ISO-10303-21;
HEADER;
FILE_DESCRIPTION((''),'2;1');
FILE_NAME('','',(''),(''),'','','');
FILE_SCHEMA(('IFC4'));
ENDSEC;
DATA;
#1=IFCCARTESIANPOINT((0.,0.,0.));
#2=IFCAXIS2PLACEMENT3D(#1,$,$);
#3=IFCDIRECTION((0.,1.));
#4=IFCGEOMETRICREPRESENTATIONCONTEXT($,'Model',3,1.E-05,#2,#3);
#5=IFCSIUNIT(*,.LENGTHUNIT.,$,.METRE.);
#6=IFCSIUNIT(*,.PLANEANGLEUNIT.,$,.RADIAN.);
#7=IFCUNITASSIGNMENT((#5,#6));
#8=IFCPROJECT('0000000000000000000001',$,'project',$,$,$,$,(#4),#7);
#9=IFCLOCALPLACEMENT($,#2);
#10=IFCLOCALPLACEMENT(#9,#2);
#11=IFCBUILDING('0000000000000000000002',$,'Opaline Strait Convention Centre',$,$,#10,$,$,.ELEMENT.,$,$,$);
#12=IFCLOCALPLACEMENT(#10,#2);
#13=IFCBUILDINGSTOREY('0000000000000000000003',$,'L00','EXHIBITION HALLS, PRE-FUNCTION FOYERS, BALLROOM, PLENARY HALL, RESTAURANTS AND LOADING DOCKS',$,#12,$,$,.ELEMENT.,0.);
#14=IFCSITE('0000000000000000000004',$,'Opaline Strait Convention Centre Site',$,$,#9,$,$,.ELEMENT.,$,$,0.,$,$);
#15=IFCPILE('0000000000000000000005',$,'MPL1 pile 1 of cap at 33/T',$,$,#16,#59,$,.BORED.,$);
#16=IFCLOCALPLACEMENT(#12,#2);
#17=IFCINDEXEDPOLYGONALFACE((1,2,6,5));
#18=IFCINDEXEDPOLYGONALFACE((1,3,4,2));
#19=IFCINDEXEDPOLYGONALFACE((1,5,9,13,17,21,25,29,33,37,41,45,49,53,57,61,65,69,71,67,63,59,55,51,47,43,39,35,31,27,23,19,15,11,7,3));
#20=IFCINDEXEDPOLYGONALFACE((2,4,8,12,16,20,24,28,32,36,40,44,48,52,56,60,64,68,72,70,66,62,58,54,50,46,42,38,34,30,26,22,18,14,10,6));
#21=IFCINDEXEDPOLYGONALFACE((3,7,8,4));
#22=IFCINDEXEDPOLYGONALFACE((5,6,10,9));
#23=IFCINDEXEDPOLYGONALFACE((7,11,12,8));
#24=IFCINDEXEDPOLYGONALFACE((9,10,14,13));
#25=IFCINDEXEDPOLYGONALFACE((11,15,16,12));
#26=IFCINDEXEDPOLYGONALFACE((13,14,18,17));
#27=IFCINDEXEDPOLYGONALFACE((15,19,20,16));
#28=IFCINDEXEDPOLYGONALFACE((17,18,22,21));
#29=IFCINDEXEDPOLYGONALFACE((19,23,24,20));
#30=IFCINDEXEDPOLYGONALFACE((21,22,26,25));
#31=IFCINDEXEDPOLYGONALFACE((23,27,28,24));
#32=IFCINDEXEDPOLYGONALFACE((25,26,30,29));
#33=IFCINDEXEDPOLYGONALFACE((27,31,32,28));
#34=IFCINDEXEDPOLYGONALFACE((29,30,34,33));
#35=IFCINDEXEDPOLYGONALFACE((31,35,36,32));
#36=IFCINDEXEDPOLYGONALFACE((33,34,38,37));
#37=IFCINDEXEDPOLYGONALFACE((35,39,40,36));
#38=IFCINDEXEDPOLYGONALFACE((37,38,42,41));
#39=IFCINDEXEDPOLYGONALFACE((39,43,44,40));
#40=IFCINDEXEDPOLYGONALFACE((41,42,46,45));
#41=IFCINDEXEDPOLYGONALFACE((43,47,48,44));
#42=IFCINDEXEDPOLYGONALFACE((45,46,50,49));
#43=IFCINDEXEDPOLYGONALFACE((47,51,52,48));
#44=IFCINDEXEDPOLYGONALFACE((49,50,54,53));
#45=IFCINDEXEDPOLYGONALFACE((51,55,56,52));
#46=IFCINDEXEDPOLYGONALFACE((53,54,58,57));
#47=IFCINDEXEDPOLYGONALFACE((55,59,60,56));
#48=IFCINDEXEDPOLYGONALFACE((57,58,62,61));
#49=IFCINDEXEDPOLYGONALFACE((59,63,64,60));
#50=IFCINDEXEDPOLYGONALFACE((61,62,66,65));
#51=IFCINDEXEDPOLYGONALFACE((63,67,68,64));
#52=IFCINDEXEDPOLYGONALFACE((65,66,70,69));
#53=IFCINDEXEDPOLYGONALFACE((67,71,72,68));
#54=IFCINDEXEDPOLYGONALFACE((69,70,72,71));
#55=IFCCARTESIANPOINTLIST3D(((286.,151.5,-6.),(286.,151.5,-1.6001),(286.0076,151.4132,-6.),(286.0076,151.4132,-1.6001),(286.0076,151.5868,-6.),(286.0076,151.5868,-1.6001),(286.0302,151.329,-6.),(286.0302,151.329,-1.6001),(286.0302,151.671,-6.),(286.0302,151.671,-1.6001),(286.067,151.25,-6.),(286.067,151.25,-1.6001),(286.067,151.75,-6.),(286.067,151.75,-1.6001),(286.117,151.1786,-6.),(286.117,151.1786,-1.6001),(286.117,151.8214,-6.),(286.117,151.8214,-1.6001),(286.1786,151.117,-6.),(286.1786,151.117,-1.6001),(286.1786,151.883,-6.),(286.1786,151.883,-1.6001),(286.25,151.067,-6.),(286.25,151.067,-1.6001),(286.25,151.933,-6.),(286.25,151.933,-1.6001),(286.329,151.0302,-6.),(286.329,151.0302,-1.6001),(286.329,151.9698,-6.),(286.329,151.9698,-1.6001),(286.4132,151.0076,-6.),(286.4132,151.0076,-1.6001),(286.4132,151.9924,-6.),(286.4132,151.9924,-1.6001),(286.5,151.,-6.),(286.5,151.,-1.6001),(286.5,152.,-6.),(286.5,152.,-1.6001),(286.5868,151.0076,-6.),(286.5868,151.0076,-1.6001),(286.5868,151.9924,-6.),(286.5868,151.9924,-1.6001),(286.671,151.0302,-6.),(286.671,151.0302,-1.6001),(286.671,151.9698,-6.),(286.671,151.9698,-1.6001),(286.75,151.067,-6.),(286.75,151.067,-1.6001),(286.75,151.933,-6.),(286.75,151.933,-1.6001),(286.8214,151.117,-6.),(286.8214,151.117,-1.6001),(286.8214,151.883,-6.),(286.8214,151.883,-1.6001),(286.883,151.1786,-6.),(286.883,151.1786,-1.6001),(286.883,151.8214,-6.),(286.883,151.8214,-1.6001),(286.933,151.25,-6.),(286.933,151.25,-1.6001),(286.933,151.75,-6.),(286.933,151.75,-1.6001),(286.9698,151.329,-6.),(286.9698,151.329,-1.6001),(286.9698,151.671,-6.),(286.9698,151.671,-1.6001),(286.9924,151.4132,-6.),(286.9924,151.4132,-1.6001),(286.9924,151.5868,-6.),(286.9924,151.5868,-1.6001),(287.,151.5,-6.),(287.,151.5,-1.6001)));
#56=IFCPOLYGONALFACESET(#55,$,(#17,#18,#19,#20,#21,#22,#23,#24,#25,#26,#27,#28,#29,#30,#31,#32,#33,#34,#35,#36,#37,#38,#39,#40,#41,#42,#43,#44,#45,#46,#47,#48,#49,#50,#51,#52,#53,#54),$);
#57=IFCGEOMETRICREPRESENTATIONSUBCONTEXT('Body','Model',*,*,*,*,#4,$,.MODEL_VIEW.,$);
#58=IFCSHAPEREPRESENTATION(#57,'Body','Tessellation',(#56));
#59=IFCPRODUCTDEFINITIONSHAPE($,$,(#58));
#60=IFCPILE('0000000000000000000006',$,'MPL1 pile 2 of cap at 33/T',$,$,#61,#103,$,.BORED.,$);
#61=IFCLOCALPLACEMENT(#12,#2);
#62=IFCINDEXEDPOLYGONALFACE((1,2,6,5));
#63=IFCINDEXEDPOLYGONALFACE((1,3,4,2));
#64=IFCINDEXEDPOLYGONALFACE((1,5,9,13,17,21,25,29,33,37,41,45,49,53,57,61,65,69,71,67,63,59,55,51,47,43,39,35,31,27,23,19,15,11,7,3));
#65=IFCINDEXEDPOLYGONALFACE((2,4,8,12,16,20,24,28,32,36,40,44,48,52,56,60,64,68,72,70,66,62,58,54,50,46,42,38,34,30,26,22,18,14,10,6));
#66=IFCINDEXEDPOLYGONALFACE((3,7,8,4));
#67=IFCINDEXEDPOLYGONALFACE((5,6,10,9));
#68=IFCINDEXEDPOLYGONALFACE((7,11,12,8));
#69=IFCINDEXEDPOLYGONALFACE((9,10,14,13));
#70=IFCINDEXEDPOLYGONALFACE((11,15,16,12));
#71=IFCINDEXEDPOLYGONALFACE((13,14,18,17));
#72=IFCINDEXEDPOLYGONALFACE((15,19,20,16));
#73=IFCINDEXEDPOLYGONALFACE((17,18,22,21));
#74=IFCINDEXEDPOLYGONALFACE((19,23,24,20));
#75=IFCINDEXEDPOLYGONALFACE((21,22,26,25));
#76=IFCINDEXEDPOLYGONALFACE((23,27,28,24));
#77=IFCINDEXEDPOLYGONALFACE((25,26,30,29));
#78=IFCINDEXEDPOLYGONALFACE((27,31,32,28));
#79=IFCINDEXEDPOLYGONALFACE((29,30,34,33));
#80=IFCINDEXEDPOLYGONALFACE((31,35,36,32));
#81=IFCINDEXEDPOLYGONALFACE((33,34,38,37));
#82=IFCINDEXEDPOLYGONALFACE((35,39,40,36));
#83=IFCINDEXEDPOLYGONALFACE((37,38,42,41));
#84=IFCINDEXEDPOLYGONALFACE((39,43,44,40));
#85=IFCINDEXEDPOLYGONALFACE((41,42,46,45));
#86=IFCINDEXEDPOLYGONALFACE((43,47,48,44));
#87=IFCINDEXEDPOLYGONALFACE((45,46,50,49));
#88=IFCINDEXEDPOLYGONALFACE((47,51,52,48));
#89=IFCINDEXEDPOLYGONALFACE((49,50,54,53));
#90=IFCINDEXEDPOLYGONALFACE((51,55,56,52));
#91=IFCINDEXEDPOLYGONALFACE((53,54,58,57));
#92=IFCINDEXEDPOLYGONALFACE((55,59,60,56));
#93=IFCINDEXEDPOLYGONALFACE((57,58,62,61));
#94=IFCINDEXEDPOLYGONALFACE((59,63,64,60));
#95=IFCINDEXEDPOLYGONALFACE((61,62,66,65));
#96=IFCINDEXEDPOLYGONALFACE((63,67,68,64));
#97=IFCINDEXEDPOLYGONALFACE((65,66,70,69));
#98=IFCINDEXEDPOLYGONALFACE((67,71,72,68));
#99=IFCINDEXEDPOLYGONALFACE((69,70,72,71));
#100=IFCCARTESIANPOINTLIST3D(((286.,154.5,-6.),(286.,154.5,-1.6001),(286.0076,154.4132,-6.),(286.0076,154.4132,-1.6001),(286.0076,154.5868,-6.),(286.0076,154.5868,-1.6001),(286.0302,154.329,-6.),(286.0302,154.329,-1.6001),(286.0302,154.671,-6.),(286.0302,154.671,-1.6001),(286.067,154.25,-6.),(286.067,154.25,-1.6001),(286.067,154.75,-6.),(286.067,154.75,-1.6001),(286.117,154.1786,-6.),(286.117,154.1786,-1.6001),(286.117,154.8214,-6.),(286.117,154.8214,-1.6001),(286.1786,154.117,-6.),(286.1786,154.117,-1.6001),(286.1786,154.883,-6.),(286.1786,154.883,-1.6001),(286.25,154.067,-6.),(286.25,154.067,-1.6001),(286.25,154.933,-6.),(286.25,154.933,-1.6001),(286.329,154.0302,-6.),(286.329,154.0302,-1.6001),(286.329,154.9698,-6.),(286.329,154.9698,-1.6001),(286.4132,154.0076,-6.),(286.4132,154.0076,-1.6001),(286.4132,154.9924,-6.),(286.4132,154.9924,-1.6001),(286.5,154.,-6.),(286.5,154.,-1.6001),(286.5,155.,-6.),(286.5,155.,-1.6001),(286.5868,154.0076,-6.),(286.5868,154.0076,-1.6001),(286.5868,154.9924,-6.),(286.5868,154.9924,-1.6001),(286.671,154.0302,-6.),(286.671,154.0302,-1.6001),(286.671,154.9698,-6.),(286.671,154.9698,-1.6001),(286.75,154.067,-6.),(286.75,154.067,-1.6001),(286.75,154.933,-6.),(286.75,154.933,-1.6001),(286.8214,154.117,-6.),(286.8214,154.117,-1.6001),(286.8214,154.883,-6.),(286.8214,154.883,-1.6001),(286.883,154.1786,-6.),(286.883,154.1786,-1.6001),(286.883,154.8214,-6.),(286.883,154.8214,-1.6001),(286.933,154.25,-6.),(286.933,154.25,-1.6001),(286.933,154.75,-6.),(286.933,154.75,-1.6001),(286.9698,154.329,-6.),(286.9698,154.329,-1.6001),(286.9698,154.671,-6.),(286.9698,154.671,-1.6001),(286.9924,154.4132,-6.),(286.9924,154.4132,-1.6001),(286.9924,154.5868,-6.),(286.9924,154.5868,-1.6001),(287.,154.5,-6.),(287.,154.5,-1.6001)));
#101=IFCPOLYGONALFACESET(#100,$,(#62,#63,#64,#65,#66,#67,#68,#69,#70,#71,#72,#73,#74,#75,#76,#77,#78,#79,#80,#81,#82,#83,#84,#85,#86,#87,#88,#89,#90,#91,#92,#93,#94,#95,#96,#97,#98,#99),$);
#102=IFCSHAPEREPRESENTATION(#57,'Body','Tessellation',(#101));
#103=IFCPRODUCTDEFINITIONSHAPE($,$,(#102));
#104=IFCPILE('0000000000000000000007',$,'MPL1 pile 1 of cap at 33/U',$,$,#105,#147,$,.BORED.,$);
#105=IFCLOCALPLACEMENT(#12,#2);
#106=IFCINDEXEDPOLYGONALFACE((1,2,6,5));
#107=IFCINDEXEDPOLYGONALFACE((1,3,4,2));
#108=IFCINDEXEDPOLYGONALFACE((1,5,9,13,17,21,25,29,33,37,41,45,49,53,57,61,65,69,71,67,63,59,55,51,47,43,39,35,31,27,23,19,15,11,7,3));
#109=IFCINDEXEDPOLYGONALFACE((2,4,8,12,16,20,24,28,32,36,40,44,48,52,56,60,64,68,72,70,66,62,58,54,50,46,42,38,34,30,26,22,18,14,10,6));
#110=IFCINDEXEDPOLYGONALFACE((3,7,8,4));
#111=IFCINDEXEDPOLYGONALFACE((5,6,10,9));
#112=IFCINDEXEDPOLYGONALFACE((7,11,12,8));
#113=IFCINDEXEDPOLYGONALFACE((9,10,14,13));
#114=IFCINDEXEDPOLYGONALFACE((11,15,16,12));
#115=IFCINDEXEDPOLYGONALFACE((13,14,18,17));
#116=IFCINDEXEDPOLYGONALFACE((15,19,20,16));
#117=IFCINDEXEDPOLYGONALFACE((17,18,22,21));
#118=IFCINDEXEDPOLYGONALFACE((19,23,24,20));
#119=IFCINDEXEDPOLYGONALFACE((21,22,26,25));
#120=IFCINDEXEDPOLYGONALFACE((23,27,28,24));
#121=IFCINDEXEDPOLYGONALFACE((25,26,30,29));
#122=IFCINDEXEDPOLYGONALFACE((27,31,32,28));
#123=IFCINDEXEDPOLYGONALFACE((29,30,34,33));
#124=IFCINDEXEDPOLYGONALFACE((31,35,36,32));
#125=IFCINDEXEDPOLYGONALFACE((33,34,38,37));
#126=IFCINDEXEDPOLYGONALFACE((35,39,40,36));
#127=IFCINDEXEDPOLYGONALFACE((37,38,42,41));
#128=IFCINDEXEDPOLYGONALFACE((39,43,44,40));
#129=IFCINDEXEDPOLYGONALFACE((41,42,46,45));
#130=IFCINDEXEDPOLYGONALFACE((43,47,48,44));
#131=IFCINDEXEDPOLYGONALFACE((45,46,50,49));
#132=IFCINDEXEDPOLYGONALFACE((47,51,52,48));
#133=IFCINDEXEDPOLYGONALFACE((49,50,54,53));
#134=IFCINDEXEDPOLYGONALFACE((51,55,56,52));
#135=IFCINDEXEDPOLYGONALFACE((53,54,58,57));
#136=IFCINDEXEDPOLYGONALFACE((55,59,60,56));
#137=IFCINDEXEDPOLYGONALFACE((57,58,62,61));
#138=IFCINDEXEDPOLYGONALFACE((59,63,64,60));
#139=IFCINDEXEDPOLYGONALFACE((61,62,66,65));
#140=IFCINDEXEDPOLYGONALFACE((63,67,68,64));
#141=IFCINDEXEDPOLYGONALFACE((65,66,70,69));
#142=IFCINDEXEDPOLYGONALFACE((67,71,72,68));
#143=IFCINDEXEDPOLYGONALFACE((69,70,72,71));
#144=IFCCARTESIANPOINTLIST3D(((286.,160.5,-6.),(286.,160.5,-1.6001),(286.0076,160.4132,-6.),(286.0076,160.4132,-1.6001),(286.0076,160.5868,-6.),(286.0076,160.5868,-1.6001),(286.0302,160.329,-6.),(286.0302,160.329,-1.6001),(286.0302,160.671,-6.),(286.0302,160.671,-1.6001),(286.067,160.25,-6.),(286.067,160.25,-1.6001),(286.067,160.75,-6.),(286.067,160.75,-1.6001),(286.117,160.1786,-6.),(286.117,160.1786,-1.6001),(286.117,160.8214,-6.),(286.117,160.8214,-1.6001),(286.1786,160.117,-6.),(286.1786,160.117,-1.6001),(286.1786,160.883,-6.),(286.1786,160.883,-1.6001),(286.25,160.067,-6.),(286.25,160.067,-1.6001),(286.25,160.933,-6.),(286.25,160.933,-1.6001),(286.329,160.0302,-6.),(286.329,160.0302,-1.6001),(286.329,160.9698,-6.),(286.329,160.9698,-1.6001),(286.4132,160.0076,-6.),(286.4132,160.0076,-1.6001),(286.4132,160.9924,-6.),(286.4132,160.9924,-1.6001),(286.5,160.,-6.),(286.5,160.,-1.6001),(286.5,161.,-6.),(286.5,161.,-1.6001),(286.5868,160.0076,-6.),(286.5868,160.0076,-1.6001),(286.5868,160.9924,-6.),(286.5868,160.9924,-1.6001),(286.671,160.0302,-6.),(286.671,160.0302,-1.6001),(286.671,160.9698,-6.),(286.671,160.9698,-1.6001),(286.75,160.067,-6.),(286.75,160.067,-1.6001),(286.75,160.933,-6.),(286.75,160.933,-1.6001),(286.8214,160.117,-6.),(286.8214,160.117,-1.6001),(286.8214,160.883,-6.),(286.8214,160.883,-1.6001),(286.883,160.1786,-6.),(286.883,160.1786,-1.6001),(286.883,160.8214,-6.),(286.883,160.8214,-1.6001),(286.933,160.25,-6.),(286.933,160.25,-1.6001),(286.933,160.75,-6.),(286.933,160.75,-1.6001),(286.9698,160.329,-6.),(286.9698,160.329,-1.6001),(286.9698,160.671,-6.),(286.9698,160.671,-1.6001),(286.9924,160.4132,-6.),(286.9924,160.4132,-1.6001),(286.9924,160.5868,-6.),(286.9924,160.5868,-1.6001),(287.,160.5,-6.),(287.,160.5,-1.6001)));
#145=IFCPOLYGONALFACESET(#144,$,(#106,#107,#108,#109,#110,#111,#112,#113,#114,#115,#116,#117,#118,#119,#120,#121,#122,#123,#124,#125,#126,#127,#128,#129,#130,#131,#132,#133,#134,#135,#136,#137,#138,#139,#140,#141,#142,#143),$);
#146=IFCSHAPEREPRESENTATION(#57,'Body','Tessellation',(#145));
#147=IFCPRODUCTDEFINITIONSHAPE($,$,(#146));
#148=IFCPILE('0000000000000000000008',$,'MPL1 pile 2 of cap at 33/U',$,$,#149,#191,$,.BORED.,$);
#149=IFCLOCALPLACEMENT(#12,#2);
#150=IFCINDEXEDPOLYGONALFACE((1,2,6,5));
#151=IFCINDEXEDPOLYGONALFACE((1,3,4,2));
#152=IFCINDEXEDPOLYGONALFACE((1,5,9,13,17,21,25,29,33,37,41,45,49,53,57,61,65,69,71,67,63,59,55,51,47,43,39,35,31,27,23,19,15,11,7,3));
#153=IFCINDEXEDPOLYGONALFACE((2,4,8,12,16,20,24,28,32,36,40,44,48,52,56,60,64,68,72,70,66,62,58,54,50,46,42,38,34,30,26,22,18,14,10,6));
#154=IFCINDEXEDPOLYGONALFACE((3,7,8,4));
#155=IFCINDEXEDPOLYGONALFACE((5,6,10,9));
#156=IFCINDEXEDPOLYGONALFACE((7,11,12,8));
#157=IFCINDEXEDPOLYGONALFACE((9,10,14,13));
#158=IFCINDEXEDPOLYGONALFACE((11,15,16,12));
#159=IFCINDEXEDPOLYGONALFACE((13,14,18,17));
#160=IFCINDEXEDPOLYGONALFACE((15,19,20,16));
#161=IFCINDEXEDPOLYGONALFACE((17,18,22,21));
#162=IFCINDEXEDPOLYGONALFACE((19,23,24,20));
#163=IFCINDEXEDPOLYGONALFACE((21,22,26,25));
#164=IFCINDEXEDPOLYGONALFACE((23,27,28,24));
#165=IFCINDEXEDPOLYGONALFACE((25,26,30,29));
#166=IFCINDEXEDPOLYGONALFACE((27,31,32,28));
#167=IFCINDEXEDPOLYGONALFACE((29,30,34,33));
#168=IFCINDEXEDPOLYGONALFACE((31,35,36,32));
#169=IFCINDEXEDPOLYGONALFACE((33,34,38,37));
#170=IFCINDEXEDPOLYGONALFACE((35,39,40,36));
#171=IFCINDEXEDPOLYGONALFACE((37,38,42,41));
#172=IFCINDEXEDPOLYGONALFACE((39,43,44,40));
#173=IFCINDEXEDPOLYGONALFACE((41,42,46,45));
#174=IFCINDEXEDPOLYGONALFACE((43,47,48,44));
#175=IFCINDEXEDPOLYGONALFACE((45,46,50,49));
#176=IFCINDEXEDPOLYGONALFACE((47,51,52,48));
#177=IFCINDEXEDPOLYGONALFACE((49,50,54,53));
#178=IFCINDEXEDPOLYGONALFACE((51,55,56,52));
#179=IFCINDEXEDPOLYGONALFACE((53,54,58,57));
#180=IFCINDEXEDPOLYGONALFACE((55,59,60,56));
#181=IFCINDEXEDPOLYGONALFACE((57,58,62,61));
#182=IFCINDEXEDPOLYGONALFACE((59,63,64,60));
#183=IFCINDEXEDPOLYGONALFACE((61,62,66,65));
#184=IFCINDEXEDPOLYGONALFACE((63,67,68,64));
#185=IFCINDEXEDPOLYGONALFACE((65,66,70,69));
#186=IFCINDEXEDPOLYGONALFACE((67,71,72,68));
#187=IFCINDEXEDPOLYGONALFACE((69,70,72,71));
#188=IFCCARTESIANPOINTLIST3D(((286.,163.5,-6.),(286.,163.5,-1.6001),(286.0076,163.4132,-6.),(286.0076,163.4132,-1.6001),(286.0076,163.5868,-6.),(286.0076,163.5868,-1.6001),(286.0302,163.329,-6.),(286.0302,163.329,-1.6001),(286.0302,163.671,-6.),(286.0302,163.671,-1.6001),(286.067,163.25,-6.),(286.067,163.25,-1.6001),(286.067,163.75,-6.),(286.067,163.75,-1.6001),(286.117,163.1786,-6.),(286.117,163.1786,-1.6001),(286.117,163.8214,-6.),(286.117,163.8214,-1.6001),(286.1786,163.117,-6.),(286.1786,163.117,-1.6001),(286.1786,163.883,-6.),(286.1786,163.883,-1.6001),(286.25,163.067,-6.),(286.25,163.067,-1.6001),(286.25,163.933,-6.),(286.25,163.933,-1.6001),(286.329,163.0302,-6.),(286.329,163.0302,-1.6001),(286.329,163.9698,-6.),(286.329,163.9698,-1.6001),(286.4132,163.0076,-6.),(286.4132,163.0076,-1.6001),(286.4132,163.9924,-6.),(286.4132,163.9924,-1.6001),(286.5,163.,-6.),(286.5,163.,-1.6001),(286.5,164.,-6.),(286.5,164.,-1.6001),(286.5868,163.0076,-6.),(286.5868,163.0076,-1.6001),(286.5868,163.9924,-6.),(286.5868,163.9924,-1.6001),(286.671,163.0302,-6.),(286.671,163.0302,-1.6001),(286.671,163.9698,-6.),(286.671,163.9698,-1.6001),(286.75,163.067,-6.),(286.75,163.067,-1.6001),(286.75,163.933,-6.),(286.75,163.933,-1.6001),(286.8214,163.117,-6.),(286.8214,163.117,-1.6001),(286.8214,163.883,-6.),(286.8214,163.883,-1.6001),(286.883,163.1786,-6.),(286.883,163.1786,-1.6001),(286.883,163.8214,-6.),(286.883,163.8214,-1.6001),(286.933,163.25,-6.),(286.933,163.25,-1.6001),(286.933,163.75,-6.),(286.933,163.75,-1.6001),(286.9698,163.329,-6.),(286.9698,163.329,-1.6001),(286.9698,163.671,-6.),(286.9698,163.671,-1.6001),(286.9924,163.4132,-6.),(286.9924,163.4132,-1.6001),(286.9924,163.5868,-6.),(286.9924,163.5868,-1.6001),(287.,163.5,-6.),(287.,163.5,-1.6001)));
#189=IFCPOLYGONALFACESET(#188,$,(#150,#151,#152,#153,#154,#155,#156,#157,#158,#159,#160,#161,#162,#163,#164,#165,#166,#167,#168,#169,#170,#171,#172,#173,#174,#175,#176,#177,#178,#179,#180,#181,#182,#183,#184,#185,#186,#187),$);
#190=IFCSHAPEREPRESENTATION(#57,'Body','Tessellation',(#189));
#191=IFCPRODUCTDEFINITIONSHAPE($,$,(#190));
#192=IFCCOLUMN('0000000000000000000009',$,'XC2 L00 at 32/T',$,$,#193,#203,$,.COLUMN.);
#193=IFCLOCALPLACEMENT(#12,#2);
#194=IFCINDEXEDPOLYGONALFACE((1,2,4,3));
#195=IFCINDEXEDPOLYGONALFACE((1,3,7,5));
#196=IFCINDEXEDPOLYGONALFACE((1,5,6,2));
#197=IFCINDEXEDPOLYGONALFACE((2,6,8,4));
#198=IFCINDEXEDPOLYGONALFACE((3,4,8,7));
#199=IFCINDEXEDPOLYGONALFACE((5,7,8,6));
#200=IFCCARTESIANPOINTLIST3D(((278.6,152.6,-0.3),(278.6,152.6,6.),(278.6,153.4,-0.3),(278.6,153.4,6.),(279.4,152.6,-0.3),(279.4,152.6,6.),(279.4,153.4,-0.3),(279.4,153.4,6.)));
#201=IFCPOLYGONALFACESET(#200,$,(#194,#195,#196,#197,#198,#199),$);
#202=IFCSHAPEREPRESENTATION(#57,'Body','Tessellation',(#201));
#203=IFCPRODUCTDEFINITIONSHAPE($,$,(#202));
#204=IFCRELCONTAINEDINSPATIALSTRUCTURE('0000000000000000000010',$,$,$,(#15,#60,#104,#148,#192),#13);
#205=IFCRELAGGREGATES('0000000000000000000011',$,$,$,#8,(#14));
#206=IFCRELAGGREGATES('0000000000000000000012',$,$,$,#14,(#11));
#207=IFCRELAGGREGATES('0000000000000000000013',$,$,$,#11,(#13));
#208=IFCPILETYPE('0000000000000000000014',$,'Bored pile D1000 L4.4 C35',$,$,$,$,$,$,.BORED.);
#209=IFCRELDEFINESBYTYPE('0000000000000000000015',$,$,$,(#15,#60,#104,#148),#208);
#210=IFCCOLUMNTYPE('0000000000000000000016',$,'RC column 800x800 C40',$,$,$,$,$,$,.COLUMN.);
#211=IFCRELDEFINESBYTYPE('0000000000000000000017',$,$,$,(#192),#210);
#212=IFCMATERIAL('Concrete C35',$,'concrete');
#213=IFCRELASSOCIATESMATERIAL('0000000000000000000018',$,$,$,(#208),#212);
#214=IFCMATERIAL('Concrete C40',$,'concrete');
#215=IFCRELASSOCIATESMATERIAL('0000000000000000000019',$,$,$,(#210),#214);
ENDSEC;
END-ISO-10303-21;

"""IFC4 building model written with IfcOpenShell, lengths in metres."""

from ifc_helpers import new_model, si_unit, direction, frame, origin, origin_2d, place, context, subcontext, project, spatial, rectangle, circle, extrude, material, material_profile, profile_set, type_object, element, save


model = new_model("IFC4")

# Units and contexts
model_context = context("Model", 3, precision=1e-05, world=origin(), true_north=direction((0.0, 1.0)))
body_context = subcontext(model_context, "Body", "Model", "MODEL_VIEW")
ifc_project = project(units=[si_unit("LENGTHUNIT", "METRE"), si_unit("PLANEANGLEUNIT", "RADIAN")], contexts=[model_context])

# Site, building, storey
site_placement = place(None, origin())
site = spatial("IfcSite", under=ifc_project, at=site_placement, Name="Opaline Strait Convention Centre Site", CompositionType="ELEMENT", RefElevation=0.0)
building_placement = place(site_placement, origin())
building = spatial("IfcBuilding", under=site, at=building_placement, Name="Opaline Strait Convention Centre", CompositionType="ELEMENT")
storey_placement = place(building_placement, origin())
storey = spatial("IfcBuildingStorey", under=building, at=storey_placement, Name="L00", Description="EXHIBITION HALLS, PRE-FUNCTION FOYERS, BALLROOM, PLENARY HALL, RESTAURANTS AND LOADING DOCKS", CompositionType="ELEMENT", Elevation=0.0)

# Piles
ifc_material_1 = material(Name="Concrete C35", Category="concrete")
ifc_material_profile_1 = material_profile(ifc_material_1, circle(Radius=0.5, at=origin_2d()), Name="D1000")
ifc_profile_set_1 = profile_set([ifc_material_profile_1], Name="Concrete C35")
pile_type = type_object("IfcPileType", Name="Bored pile D1000 L4.4 C35", PredefinedType="BORED", material=ifc_profile_set_1)
for number, where, z_axis, x_axis, name in (
    (1, (286.5, 151.5, -1.6001), (0.0, 0.0, -1.0), (1.0, 0.0, 0.0), "MPL1 pile 1 of cap at 33/T"),
    (2, (286.5, 154.5, -1.6001), (0.0, 0.0, -1.0), (1.0, 0.0, 0.0), "MPL1 pile 2 of cap at 33/T"),
    (3, (286.5, 160.5, -1.6001), (0.0, 0.0, -1.0), (1.0, 0.0, 0.0), "MPL1 pile 1 of cap at 33/U"),
    (4, (286.5, 163.5, -1.6001), (0.0, 0.0, -1.0), (1.0, 0.0, 0.0), "MPL1 pile 2 of cap at 33/U"),
):
    element("IfcPile", number, at=place(storey_placement, frame(where, z_axis=z_axis, x_axis=x_axis)), inside=storey, type_object=pile_type, Name=name, PredefinedType="BORED", context=body_context, shape_type="SweptSolid", body=[
        extrude(circle(Radius=0.5, at=origin_2d()), origin(), (0.0, 0.0, 1.0), 4.3999),
    ])

# Column
ifc_material_2 = material(Name="Concrete C40", Category="concrete")
ifc_material_profile_2 = material_profile(ifc_material_2, rectangle(XDim=0.8, YDim=0.8, at=origin_2d()), Name="RC 800x800")
ifc_profile_set_2 = profile_set([ifc_material_profile_2], Name="Concrete C40")
column_type = type_object("IfcColumnType", Name="RC column 800x800 C40", PredefinedType="COLUMN", material=ifc_profile_set_2)
for number, where, z_axis, x_axis, name in (
    (5, (279.0, 153.0, -0.3), (0.0, 0.0, 1.0), (1.0, 0.0, 0.0), "XC2 L00 at 32/T"),
):
    element("IfcColumn", number, at=place(storey_placement, frame(where, z_axis=z_axis, x_axis=x_axis)), inside=storey, type_object=column_type, Name=name, PredefinedType="COLUMN", context=body_context, shape_type="SweptSolid", body=[
        extrude(rectangle(XDim=0.8, YDim=0.8, at=origin_2d()), origin(), (0.0, 0.0, 1.0), 6.3),
    ])

save(model, "model.ifc")
